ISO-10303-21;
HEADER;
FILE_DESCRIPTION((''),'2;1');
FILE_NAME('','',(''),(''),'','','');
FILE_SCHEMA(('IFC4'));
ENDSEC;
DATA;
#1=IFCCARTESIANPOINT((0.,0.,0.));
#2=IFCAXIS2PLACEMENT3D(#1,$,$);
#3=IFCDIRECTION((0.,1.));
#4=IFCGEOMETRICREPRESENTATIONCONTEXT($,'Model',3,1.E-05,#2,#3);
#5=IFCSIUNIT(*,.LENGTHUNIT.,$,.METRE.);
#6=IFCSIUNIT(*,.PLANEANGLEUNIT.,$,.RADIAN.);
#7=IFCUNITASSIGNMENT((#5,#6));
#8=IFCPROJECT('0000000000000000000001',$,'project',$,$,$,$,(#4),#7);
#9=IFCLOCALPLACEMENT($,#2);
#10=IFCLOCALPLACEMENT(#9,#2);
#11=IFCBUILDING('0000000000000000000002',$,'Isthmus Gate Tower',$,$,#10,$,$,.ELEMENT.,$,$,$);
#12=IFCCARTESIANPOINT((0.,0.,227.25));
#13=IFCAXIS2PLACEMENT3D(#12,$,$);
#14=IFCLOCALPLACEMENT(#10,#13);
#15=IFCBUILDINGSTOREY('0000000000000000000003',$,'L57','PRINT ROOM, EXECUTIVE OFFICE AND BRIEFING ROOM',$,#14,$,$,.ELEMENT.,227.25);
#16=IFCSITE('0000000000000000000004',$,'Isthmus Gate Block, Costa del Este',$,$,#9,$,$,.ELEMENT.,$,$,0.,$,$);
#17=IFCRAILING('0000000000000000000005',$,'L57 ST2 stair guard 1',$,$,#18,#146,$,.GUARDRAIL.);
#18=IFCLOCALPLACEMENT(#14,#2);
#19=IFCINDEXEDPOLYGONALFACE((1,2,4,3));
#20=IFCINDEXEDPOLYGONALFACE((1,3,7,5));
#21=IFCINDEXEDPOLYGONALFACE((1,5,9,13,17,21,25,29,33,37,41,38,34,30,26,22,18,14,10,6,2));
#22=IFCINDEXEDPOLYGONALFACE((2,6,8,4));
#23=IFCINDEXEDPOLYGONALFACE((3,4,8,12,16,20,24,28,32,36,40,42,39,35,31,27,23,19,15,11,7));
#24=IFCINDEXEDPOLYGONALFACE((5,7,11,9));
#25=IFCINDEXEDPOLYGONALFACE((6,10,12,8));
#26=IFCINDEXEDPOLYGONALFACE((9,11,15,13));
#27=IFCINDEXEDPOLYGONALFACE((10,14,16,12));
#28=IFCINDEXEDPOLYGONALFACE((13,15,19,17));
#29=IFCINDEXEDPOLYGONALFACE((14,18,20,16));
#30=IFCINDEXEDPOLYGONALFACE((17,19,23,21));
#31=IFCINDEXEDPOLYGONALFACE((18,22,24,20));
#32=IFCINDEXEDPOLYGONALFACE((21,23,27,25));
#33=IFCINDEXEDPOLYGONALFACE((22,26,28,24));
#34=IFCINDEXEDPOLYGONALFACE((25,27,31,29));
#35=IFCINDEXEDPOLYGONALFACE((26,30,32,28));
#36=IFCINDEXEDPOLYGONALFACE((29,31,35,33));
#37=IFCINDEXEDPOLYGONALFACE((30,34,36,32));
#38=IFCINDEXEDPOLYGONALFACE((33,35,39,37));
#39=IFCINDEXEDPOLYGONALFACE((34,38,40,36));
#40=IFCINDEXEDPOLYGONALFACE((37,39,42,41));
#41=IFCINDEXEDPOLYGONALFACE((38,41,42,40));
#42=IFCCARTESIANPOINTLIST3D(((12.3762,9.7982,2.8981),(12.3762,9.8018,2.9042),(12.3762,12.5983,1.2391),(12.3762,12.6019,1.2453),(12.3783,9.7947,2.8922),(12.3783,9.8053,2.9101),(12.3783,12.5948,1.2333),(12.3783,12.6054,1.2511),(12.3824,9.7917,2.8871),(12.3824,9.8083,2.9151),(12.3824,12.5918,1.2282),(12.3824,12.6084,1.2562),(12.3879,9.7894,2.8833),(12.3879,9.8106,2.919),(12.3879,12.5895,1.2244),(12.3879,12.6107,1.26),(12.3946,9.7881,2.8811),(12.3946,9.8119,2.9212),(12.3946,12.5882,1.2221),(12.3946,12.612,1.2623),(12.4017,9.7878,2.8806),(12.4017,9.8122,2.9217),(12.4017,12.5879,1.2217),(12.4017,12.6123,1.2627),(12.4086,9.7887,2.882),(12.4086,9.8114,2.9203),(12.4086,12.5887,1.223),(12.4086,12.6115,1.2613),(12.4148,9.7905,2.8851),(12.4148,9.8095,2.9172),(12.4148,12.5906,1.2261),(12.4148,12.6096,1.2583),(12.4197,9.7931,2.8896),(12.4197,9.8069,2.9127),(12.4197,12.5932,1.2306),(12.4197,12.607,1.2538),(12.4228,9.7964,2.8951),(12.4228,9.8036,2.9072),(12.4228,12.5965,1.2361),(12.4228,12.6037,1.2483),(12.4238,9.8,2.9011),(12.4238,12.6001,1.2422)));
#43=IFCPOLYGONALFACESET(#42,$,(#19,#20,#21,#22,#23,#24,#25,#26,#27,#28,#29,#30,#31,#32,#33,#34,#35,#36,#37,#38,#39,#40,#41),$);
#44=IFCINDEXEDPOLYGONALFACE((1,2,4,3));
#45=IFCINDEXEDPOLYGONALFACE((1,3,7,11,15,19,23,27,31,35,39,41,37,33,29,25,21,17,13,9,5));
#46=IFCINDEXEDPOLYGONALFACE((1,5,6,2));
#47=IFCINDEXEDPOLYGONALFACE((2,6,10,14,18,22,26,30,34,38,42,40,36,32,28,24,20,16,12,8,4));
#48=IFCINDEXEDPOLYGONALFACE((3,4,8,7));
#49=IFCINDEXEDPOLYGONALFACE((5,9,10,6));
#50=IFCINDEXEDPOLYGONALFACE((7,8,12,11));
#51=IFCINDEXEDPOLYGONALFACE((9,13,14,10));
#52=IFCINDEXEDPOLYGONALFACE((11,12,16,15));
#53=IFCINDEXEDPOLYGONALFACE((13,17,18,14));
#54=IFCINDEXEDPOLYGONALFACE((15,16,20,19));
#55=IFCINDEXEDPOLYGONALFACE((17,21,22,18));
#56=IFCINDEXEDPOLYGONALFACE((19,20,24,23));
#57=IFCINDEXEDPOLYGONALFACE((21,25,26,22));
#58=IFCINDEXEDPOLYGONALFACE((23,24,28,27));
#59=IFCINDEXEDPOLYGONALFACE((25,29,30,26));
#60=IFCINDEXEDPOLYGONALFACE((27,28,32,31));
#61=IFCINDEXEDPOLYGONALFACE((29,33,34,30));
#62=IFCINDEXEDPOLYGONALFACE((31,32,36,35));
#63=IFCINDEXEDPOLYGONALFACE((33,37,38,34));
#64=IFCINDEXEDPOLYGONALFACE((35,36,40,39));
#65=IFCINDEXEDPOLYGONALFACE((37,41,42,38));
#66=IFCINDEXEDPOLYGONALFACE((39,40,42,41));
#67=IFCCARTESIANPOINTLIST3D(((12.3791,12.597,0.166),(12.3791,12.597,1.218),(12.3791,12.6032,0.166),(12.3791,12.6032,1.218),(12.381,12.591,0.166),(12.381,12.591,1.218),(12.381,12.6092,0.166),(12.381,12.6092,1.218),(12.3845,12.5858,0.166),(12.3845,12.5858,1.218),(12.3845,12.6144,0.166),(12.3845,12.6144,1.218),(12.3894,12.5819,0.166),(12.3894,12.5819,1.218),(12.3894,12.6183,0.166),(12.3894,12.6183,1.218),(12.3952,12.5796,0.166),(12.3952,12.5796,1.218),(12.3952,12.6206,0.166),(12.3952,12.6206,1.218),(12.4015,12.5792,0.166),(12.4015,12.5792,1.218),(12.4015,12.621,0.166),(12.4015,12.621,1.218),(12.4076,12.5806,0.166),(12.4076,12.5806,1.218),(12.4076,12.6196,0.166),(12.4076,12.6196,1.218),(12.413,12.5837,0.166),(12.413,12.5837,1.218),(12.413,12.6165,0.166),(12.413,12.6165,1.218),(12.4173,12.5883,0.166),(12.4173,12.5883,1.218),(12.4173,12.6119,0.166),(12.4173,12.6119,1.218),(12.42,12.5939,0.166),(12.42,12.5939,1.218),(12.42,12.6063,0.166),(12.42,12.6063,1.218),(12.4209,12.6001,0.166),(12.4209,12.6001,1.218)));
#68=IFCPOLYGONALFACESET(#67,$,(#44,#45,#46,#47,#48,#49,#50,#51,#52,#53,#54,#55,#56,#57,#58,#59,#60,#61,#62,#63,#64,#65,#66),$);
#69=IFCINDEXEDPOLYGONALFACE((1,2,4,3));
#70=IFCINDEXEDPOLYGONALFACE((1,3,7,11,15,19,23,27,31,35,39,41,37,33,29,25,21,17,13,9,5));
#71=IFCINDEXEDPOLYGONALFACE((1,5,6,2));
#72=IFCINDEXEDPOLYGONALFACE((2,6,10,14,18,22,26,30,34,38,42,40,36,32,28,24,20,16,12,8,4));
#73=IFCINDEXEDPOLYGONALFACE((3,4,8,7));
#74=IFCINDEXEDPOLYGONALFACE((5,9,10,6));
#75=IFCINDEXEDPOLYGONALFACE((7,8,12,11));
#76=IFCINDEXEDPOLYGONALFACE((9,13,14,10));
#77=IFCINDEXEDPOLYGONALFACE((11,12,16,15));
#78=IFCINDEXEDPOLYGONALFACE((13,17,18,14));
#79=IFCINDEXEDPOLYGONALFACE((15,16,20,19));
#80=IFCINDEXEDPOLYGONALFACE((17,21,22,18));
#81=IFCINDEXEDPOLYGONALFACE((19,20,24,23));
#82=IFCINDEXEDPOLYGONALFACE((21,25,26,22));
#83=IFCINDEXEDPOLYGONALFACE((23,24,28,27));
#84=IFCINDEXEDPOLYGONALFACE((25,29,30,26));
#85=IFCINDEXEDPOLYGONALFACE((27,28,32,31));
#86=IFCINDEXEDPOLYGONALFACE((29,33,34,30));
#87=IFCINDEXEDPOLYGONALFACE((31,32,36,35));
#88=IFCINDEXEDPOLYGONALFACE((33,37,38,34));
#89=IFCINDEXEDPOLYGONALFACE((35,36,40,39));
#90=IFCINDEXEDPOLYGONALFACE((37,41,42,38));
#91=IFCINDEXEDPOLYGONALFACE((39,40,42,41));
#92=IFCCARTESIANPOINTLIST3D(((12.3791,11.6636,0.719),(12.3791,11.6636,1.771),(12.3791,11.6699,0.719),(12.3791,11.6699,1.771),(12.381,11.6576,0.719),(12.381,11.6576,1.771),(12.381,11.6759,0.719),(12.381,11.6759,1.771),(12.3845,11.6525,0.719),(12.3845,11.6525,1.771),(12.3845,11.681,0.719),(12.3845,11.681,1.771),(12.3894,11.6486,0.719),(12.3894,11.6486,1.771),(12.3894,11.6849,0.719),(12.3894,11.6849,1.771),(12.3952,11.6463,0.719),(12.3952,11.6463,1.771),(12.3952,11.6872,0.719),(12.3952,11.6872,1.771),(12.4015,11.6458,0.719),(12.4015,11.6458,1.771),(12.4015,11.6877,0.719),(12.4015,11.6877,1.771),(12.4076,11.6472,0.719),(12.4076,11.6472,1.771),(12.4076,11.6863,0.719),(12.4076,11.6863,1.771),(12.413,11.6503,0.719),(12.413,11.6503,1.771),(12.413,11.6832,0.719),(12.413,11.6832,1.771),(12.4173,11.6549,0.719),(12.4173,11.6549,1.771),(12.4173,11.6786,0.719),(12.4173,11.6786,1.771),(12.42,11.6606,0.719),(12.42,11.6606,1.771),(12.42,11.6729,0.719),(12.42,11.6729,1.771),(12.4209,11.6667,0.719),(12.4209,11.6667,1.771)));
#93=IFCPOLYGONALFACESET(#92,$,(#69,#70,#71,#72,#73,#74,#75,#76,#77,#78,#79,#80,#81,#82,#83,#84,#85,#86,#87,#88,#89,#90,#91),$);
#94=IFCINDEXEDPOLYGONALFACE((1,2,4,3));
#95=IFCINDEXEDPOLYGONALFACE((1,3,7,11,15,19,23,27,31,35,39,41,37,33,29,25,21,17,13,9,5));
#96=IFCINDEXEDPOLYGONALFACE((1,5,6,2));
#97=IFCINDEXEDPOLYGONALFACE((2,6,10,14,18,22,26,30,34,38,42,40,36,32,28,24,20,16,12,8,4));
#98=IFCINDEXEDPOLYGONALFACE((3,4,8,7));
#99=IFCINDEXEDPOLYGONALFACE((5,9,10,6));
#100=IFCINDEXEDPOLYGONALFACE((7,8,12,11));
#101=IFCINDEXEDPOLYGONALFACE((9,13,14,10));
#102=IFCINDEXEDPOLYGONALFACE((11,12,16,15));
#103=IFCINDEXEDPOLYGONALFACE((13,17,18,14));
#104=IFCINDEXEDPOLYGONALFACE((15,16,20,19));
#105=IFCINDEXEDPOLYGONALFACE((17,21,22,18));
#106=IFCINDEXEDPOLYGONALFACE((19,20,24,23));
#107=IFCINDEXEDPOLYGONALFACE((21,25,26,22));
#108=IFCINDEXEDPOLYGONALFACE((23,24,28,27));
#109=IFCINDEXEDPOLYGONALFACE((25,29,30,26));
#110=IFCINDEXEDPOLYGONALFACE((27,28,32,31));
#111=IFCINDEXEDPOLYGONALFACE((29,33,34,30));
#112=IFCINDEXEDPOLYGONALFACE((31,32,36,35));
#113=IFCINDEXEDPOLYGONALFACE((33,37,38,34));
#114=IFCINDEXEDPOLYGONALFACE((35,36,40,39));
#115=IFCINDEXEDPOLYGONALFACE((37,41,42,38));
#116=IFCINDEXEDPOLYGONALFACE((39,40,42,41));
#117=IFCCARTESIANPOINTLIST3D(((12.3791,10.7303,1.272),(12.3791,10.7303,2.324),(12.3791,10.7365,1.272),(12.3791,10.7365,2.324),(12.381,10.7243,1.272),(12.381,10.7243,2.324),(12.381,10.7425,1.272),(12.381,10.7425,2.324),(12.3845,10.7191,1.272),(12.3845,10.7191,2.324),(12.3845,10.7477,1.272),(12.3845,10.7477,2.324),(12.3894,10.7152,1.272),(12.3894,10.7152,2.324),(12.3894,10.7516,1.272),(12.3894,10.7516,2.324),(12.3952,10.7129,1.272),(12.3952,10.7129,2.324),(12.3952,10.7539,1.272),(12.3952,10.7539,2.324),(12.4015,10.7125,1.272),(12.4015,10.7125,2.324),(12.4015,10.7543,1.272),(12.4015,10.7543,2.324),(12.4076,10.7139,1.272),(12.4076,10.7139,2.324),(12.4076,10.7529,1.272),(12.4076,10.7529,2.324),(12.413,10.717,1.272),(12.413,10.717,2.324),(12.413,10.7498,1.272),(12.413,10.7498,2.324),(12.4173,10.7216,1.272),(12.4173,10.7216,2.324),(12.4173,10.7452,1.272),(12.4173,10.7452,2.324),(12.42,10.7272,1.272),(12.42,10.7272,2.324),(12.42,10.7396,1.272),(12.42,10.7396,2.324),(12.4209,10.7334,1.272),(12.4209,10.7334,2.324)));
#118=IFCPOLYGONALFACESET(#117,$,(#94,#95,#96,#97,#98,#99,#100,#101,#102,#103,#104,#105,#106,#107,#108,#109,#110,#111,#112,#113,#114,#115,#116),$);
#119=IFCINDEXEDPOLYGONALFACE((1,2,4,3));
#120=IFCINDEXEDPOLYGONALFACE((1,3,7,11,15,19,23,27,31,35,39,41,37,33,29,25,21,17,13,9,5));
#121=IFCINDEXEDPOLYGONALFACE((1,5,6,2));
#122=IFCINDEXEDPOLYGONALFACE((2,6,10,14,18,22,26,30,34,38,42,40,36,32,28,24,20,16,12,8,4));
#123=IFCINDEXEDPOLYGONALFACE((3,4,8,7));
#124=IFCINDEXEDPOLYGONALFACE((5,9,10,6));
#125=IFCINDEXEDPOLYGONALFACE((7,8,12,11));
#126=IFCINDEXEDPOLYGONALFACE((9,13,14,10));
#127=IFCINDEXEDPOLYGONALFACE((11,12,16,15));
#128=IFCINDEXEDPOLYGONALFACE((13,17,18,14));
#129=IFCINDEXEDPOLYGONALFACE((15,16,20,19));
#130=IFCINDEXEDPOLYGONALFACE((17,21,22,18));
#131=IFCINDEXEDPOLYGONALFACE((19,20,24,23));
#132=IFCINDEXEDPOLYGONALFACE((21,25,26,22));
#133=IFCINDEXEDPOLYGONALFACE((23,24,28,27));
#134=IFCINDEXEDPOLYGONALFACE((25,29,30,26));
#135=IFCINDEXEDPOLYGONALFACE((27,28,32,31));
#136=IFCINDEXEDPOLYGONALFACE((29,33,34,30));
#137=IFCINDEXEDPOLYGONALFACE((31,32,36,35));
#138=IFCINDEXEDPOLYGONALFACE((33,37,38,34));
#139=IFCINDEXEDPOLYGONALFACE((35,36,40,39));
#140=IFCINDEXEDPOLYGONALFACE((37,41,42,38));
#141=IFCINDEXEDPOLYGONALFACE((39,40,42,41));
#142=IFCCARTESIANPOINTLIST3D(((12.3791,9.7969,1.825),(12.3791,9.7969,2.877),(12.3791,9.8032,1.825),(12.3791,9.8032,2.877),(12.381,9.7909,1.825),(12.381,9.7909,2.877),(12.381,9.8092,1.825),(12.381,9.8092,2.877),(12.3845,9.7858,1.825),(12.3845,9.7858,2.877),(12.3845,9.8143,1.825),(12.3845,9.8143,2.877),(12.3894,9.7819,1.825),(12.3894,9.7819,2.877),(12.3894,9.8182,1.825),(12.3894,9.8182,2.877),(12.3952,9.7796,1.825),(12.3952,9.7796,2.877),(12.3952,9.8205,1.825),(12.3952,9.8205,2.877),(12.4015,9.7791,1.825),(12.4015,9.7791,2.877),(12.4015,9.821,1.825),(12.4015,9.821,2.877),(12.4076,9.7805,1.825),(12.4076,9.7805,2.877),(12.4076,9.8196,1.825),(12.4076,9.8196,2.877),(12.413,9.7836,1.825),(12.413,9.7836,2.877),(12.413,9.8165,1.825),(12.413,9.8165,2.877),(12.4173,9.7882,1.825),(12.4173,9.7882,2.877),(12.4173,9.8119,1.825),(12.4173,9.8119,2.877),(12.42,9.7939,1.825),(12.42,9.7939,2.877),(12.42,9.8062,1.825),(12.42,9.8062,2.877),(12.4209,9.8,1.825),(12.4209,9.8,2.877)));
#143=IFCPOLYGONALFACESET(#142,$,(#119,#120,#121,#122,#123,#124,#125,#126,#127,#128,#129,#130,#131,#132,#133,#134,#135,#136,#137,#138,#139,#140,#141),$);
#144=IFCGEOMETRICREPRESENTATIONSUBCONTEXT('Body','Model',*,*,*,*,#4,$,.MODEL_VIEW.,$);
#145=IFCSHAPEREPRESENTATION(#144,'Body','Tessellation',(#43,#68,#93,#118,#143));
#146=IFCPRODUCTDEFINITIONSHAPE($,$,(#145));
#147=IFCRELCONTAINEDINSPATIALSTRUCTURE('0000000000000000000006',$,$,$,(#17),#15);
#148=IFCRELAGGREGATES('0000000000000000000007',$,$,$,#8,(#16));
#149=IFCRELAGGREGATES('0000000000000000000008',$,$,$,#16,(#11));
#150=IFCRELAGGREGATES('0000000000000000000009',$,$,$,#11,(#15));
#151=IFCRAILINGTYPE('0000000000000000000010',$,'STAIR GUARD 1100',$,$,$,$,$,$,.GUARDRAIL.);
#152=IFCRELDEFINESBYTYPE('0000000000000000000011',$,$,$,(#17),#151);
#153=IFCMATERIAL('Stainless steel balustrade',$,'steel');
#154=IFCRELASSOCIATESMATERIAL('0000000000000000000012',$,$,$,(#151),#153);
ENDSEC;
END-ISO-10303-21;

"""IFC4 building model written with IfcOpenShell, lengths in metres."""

from ifc_helpers import new_model, si_unit, direction, frame, origin, origin_2d, place, context, subcontext, project, spatial, circle, extrude, material, type_object, element, save


model = new_model("IFC4")

# Units and contexts
model_context = context("Model", 3, precision=1e-05, world=origin(), true_north=direction((0.0, 1.0)))
body_context = subcontext(model_context, "Body", "Model", "MODEL_VIEW")
ifc_project = project(units=[si_unit("LENGTHUNIT", "METRE"), si_unit("PLANEANGLEUNIT", "RADIAN")], contexts=[model_context])

# Site, building, storey
site_placement = place(None, origin())
site = spatial("IfcSite", under=ifc_project, at=site_placement, Name="Isthmus Gate Block, Costa del Este", CompositionType="ELEMENT", RefElevation=0.0)
building_placement = place(site_placement, origin())
building = spatial("IfcBuilding", under=site, at=building_placement, Name="Isthmus Gate Tower", CompositionType="ELEMENT")
storey_placement = place(building_placement, frame((0.0, 0.0, 227.25)))
storey = spatial("IfcBuildingStorey", under=building, at=storey_placement, Name="L57", Description="PRINT ROOM, EXECUTIVE OFFICE AND BRIEFING ROOM", CompositionType="ELEMENT", Elevation=227.25)

# Railing
ifc_material_1 = material(Name="Stainless steel balustrade", Category="steel")
railing_type = type_object("IfcRailingType", Name="STAIR GUARD 1100", PredefinedType="GUARDRAIL", material=ifc_material_1)
railing_1_placement = place(storey_placement, frame((12.3999, 12.6001, 0.166)))
element("IfcRailing", 1, at=railing_1_placement, inside=storey, type_object=railing_type, Name="L57 ST2 stair guard 1", PredefinedType="GUARDRAIL", context=body_context, shape_type="SweptSolid", body=[
    extrude(circle(Radius=0.0239, at=origin_2d()), frame((0.0, 0.0, 1.0762), z_axis=(0.0, -0.860339, 0.509722), x_axis=(1.0, 0.0, 0.0)), (0.0, 0.0, 1.0), 3.2546),
    extrude(circle(Radius=0.021, at=origin_2d()), origin(), (0.0, 0.0, 1.0), 1.052),
    extrude(circle(Radius=0.021, at=origin_2d()), frame((0.0, -0.9333, 0.553)), (0.0, 0.0, 1.0), 1.052),
    extrude(circle(Radius=0.021, at=origin_2d()), frame((0.0, -1.8667, 1.106)), (0.0, 0.0, 1.0), 1.052),
    extrude(circle(Radius=0.021, at=origin_2d()), frame((0.0, -2.8, 1.6589)), (0.0, 0.0, 1.0), 1.052),
])

save(model, "model.ifc")
